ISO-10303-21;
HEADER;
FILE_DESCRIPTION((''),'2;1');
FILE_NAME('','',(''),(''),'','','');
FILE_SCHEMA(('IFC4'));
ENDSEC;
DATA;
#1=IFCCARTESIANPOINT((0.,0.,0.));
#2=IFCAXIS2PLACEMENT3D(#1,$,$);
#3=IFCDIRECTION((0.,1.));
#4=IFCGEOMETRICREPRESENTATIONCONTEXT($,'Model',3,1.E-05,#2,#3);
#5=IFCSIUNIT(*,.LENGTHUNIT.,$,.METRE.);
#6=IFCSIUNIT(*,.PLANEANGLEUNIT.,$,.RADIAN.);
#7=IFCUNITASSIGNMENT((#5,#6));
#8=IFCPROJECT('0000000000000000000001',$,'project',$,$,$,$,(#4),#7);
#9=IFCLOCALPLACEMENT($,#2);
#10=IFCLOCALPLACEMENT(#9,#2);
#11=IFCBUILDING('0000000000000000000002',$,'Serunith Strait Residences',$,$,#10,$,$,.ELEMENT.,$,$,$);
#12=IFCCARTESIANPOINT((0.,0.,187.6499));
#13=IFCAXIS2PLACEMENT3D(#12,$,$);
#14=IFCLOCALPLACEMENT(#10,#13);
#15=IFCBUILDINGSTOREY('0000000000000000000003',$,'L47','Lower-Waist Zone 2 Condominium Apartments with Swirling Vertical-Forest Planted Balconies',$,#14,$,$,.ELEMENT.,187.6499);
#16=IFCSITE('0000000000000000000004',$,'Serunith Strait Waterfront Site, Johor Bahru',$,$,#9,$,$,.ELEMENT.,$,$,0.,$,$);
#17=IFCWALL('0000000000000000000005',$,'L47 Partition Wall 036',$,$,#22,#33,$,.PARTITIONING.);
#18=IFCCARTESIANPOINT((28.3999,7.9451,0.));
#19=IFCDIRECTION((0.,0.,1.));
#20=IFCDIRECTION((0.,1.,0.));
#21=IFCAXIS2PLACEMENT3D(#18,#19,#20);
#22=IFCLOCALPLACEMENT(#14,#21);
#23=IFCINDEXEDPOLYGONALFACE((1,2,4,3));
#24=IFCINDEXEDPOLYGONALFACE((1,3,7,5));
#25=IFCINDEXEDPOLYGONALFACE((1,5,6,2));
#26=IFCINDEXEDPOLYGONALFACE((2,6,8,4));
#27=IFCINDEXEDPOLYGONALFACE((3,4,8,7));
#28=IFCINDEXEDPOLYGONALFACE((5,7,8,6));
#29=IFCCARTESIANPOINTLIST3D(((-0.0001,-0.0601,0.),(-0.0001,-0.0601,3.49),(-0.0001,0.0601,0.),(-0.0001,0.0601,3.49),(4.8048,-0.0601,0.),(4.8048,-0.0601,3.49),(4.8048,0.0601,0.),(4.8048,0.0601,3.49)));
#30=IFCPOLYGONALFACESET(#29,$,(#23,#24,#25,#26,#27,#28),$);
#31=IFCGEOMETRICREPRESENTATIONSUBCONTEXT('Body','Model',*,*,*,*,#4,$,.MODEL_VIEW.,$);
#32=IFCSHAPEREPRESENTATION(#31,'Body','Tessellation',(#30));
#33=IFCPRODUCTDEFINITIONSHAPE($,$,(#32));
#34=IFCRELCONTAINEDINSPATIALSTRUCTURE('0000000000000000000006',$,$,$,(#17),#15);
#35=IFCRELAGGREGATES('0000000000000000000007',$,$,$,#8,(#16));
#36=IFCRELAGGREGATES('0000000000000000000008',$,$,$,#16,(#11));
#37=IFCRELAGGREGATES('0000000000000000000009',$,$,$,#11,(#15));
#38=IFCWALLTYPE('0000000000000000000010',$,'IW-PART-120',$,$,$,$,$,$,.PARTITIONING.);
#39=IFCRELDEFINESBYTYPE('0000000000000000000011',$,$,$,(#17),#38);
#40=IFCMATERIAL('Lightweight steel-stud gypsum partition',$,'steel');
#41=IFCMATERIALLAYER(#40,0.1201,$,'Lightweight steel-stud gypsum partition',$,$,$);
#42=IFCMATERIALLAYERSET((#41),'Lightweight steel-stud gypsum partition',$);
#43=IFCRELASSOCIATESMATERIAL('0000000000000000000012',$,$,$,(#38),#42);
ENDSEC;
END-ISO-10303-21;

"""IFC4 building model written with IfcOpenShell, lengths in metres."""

from ifc_helpers import new_model, si_unit, direction, frame, frame_2d, origin, place, context, subcontext, project, spatial, rectangle, extrude, material, layer, layer_set, type_object, element, save


model = new_model("IFC4")

# Units and contexts
model_context = context("Model", 3, precision=1e-05, world=origin(), true_north=direction((0.0, 1.0)))
body_context = subcontext(model_context, "Body", "Model", "MODEL_VIEW")
ifc_project = project(units=[si_unit("LENGTHUNIT", "METRE"), si_unit("PLANEANGLEUNIT", "RADIAN")], contexts=[model_context])

# Site, building, storey
site_placement = place(None, origin())
site = spatial("IfcSite", under=ifc_project, at=site_placement, Name="Serunith Strait Waterfront Site, Johor Bahru", CompositionType="ELEMENT", RefElevation=0.0)
building_placement = place(site_placement, origin())
building = spatial("IfcBuilding", under=site, at=building_placement, Name="Serunith Strait Residences", CompositionType="ELEMENT")
storey_placement = place(building_placement, frame((0.0, 0.0, 187.6499)))
storey = spatial("IfcBuildingStorey", under=building, at=storey_placement, Name="L47", Description="Lower-Waist Zone 2 Condominium Apartments with Swirling Vertical-Forest Planted Balconies", CompositionType="ELEMENT", Elevation=187.6499)

# Wall
ifc_material_1 = material(Name="Lightweight steel-stud gypsum partition", Category="steel")
ifc_layer_1 = layer(ifc_material_1, 0.1201, Name="Lightweight steel-stud gypsum partition")
ifc_layer_set_1 = layer_set([ifc_layer_1], Name="Lightweight steel-stud gypsum partition")
wall_type = type_object("IfcWallType", Name="IW-PART-120", PredefinedType="PARTITIONING", material=ifc_layer_set_1)
wall_1_placement = place(storey_placement, frame((28.3999, 7.9451, 0.0), z_axis=(0.0, 0.0, 1.0), x_axis=(0.0, 1.0, 0.0)))
element("IfcWall", 1, at=wall_1_placement, inside=storey, type_object=wall_type, Name="L47 Partition Wall 036", PredefinedType="PARTITIONING", context=body_context, shape_type="SweptSolid", body=[
    extrude(rectangle(XDim=4.8049, YDim=0.1201, at=frame_2d((2.4023, 0.0))), origin(), (0.0, 0.0, 1.0), 3.49),
])

save(model, "model.ifc")
